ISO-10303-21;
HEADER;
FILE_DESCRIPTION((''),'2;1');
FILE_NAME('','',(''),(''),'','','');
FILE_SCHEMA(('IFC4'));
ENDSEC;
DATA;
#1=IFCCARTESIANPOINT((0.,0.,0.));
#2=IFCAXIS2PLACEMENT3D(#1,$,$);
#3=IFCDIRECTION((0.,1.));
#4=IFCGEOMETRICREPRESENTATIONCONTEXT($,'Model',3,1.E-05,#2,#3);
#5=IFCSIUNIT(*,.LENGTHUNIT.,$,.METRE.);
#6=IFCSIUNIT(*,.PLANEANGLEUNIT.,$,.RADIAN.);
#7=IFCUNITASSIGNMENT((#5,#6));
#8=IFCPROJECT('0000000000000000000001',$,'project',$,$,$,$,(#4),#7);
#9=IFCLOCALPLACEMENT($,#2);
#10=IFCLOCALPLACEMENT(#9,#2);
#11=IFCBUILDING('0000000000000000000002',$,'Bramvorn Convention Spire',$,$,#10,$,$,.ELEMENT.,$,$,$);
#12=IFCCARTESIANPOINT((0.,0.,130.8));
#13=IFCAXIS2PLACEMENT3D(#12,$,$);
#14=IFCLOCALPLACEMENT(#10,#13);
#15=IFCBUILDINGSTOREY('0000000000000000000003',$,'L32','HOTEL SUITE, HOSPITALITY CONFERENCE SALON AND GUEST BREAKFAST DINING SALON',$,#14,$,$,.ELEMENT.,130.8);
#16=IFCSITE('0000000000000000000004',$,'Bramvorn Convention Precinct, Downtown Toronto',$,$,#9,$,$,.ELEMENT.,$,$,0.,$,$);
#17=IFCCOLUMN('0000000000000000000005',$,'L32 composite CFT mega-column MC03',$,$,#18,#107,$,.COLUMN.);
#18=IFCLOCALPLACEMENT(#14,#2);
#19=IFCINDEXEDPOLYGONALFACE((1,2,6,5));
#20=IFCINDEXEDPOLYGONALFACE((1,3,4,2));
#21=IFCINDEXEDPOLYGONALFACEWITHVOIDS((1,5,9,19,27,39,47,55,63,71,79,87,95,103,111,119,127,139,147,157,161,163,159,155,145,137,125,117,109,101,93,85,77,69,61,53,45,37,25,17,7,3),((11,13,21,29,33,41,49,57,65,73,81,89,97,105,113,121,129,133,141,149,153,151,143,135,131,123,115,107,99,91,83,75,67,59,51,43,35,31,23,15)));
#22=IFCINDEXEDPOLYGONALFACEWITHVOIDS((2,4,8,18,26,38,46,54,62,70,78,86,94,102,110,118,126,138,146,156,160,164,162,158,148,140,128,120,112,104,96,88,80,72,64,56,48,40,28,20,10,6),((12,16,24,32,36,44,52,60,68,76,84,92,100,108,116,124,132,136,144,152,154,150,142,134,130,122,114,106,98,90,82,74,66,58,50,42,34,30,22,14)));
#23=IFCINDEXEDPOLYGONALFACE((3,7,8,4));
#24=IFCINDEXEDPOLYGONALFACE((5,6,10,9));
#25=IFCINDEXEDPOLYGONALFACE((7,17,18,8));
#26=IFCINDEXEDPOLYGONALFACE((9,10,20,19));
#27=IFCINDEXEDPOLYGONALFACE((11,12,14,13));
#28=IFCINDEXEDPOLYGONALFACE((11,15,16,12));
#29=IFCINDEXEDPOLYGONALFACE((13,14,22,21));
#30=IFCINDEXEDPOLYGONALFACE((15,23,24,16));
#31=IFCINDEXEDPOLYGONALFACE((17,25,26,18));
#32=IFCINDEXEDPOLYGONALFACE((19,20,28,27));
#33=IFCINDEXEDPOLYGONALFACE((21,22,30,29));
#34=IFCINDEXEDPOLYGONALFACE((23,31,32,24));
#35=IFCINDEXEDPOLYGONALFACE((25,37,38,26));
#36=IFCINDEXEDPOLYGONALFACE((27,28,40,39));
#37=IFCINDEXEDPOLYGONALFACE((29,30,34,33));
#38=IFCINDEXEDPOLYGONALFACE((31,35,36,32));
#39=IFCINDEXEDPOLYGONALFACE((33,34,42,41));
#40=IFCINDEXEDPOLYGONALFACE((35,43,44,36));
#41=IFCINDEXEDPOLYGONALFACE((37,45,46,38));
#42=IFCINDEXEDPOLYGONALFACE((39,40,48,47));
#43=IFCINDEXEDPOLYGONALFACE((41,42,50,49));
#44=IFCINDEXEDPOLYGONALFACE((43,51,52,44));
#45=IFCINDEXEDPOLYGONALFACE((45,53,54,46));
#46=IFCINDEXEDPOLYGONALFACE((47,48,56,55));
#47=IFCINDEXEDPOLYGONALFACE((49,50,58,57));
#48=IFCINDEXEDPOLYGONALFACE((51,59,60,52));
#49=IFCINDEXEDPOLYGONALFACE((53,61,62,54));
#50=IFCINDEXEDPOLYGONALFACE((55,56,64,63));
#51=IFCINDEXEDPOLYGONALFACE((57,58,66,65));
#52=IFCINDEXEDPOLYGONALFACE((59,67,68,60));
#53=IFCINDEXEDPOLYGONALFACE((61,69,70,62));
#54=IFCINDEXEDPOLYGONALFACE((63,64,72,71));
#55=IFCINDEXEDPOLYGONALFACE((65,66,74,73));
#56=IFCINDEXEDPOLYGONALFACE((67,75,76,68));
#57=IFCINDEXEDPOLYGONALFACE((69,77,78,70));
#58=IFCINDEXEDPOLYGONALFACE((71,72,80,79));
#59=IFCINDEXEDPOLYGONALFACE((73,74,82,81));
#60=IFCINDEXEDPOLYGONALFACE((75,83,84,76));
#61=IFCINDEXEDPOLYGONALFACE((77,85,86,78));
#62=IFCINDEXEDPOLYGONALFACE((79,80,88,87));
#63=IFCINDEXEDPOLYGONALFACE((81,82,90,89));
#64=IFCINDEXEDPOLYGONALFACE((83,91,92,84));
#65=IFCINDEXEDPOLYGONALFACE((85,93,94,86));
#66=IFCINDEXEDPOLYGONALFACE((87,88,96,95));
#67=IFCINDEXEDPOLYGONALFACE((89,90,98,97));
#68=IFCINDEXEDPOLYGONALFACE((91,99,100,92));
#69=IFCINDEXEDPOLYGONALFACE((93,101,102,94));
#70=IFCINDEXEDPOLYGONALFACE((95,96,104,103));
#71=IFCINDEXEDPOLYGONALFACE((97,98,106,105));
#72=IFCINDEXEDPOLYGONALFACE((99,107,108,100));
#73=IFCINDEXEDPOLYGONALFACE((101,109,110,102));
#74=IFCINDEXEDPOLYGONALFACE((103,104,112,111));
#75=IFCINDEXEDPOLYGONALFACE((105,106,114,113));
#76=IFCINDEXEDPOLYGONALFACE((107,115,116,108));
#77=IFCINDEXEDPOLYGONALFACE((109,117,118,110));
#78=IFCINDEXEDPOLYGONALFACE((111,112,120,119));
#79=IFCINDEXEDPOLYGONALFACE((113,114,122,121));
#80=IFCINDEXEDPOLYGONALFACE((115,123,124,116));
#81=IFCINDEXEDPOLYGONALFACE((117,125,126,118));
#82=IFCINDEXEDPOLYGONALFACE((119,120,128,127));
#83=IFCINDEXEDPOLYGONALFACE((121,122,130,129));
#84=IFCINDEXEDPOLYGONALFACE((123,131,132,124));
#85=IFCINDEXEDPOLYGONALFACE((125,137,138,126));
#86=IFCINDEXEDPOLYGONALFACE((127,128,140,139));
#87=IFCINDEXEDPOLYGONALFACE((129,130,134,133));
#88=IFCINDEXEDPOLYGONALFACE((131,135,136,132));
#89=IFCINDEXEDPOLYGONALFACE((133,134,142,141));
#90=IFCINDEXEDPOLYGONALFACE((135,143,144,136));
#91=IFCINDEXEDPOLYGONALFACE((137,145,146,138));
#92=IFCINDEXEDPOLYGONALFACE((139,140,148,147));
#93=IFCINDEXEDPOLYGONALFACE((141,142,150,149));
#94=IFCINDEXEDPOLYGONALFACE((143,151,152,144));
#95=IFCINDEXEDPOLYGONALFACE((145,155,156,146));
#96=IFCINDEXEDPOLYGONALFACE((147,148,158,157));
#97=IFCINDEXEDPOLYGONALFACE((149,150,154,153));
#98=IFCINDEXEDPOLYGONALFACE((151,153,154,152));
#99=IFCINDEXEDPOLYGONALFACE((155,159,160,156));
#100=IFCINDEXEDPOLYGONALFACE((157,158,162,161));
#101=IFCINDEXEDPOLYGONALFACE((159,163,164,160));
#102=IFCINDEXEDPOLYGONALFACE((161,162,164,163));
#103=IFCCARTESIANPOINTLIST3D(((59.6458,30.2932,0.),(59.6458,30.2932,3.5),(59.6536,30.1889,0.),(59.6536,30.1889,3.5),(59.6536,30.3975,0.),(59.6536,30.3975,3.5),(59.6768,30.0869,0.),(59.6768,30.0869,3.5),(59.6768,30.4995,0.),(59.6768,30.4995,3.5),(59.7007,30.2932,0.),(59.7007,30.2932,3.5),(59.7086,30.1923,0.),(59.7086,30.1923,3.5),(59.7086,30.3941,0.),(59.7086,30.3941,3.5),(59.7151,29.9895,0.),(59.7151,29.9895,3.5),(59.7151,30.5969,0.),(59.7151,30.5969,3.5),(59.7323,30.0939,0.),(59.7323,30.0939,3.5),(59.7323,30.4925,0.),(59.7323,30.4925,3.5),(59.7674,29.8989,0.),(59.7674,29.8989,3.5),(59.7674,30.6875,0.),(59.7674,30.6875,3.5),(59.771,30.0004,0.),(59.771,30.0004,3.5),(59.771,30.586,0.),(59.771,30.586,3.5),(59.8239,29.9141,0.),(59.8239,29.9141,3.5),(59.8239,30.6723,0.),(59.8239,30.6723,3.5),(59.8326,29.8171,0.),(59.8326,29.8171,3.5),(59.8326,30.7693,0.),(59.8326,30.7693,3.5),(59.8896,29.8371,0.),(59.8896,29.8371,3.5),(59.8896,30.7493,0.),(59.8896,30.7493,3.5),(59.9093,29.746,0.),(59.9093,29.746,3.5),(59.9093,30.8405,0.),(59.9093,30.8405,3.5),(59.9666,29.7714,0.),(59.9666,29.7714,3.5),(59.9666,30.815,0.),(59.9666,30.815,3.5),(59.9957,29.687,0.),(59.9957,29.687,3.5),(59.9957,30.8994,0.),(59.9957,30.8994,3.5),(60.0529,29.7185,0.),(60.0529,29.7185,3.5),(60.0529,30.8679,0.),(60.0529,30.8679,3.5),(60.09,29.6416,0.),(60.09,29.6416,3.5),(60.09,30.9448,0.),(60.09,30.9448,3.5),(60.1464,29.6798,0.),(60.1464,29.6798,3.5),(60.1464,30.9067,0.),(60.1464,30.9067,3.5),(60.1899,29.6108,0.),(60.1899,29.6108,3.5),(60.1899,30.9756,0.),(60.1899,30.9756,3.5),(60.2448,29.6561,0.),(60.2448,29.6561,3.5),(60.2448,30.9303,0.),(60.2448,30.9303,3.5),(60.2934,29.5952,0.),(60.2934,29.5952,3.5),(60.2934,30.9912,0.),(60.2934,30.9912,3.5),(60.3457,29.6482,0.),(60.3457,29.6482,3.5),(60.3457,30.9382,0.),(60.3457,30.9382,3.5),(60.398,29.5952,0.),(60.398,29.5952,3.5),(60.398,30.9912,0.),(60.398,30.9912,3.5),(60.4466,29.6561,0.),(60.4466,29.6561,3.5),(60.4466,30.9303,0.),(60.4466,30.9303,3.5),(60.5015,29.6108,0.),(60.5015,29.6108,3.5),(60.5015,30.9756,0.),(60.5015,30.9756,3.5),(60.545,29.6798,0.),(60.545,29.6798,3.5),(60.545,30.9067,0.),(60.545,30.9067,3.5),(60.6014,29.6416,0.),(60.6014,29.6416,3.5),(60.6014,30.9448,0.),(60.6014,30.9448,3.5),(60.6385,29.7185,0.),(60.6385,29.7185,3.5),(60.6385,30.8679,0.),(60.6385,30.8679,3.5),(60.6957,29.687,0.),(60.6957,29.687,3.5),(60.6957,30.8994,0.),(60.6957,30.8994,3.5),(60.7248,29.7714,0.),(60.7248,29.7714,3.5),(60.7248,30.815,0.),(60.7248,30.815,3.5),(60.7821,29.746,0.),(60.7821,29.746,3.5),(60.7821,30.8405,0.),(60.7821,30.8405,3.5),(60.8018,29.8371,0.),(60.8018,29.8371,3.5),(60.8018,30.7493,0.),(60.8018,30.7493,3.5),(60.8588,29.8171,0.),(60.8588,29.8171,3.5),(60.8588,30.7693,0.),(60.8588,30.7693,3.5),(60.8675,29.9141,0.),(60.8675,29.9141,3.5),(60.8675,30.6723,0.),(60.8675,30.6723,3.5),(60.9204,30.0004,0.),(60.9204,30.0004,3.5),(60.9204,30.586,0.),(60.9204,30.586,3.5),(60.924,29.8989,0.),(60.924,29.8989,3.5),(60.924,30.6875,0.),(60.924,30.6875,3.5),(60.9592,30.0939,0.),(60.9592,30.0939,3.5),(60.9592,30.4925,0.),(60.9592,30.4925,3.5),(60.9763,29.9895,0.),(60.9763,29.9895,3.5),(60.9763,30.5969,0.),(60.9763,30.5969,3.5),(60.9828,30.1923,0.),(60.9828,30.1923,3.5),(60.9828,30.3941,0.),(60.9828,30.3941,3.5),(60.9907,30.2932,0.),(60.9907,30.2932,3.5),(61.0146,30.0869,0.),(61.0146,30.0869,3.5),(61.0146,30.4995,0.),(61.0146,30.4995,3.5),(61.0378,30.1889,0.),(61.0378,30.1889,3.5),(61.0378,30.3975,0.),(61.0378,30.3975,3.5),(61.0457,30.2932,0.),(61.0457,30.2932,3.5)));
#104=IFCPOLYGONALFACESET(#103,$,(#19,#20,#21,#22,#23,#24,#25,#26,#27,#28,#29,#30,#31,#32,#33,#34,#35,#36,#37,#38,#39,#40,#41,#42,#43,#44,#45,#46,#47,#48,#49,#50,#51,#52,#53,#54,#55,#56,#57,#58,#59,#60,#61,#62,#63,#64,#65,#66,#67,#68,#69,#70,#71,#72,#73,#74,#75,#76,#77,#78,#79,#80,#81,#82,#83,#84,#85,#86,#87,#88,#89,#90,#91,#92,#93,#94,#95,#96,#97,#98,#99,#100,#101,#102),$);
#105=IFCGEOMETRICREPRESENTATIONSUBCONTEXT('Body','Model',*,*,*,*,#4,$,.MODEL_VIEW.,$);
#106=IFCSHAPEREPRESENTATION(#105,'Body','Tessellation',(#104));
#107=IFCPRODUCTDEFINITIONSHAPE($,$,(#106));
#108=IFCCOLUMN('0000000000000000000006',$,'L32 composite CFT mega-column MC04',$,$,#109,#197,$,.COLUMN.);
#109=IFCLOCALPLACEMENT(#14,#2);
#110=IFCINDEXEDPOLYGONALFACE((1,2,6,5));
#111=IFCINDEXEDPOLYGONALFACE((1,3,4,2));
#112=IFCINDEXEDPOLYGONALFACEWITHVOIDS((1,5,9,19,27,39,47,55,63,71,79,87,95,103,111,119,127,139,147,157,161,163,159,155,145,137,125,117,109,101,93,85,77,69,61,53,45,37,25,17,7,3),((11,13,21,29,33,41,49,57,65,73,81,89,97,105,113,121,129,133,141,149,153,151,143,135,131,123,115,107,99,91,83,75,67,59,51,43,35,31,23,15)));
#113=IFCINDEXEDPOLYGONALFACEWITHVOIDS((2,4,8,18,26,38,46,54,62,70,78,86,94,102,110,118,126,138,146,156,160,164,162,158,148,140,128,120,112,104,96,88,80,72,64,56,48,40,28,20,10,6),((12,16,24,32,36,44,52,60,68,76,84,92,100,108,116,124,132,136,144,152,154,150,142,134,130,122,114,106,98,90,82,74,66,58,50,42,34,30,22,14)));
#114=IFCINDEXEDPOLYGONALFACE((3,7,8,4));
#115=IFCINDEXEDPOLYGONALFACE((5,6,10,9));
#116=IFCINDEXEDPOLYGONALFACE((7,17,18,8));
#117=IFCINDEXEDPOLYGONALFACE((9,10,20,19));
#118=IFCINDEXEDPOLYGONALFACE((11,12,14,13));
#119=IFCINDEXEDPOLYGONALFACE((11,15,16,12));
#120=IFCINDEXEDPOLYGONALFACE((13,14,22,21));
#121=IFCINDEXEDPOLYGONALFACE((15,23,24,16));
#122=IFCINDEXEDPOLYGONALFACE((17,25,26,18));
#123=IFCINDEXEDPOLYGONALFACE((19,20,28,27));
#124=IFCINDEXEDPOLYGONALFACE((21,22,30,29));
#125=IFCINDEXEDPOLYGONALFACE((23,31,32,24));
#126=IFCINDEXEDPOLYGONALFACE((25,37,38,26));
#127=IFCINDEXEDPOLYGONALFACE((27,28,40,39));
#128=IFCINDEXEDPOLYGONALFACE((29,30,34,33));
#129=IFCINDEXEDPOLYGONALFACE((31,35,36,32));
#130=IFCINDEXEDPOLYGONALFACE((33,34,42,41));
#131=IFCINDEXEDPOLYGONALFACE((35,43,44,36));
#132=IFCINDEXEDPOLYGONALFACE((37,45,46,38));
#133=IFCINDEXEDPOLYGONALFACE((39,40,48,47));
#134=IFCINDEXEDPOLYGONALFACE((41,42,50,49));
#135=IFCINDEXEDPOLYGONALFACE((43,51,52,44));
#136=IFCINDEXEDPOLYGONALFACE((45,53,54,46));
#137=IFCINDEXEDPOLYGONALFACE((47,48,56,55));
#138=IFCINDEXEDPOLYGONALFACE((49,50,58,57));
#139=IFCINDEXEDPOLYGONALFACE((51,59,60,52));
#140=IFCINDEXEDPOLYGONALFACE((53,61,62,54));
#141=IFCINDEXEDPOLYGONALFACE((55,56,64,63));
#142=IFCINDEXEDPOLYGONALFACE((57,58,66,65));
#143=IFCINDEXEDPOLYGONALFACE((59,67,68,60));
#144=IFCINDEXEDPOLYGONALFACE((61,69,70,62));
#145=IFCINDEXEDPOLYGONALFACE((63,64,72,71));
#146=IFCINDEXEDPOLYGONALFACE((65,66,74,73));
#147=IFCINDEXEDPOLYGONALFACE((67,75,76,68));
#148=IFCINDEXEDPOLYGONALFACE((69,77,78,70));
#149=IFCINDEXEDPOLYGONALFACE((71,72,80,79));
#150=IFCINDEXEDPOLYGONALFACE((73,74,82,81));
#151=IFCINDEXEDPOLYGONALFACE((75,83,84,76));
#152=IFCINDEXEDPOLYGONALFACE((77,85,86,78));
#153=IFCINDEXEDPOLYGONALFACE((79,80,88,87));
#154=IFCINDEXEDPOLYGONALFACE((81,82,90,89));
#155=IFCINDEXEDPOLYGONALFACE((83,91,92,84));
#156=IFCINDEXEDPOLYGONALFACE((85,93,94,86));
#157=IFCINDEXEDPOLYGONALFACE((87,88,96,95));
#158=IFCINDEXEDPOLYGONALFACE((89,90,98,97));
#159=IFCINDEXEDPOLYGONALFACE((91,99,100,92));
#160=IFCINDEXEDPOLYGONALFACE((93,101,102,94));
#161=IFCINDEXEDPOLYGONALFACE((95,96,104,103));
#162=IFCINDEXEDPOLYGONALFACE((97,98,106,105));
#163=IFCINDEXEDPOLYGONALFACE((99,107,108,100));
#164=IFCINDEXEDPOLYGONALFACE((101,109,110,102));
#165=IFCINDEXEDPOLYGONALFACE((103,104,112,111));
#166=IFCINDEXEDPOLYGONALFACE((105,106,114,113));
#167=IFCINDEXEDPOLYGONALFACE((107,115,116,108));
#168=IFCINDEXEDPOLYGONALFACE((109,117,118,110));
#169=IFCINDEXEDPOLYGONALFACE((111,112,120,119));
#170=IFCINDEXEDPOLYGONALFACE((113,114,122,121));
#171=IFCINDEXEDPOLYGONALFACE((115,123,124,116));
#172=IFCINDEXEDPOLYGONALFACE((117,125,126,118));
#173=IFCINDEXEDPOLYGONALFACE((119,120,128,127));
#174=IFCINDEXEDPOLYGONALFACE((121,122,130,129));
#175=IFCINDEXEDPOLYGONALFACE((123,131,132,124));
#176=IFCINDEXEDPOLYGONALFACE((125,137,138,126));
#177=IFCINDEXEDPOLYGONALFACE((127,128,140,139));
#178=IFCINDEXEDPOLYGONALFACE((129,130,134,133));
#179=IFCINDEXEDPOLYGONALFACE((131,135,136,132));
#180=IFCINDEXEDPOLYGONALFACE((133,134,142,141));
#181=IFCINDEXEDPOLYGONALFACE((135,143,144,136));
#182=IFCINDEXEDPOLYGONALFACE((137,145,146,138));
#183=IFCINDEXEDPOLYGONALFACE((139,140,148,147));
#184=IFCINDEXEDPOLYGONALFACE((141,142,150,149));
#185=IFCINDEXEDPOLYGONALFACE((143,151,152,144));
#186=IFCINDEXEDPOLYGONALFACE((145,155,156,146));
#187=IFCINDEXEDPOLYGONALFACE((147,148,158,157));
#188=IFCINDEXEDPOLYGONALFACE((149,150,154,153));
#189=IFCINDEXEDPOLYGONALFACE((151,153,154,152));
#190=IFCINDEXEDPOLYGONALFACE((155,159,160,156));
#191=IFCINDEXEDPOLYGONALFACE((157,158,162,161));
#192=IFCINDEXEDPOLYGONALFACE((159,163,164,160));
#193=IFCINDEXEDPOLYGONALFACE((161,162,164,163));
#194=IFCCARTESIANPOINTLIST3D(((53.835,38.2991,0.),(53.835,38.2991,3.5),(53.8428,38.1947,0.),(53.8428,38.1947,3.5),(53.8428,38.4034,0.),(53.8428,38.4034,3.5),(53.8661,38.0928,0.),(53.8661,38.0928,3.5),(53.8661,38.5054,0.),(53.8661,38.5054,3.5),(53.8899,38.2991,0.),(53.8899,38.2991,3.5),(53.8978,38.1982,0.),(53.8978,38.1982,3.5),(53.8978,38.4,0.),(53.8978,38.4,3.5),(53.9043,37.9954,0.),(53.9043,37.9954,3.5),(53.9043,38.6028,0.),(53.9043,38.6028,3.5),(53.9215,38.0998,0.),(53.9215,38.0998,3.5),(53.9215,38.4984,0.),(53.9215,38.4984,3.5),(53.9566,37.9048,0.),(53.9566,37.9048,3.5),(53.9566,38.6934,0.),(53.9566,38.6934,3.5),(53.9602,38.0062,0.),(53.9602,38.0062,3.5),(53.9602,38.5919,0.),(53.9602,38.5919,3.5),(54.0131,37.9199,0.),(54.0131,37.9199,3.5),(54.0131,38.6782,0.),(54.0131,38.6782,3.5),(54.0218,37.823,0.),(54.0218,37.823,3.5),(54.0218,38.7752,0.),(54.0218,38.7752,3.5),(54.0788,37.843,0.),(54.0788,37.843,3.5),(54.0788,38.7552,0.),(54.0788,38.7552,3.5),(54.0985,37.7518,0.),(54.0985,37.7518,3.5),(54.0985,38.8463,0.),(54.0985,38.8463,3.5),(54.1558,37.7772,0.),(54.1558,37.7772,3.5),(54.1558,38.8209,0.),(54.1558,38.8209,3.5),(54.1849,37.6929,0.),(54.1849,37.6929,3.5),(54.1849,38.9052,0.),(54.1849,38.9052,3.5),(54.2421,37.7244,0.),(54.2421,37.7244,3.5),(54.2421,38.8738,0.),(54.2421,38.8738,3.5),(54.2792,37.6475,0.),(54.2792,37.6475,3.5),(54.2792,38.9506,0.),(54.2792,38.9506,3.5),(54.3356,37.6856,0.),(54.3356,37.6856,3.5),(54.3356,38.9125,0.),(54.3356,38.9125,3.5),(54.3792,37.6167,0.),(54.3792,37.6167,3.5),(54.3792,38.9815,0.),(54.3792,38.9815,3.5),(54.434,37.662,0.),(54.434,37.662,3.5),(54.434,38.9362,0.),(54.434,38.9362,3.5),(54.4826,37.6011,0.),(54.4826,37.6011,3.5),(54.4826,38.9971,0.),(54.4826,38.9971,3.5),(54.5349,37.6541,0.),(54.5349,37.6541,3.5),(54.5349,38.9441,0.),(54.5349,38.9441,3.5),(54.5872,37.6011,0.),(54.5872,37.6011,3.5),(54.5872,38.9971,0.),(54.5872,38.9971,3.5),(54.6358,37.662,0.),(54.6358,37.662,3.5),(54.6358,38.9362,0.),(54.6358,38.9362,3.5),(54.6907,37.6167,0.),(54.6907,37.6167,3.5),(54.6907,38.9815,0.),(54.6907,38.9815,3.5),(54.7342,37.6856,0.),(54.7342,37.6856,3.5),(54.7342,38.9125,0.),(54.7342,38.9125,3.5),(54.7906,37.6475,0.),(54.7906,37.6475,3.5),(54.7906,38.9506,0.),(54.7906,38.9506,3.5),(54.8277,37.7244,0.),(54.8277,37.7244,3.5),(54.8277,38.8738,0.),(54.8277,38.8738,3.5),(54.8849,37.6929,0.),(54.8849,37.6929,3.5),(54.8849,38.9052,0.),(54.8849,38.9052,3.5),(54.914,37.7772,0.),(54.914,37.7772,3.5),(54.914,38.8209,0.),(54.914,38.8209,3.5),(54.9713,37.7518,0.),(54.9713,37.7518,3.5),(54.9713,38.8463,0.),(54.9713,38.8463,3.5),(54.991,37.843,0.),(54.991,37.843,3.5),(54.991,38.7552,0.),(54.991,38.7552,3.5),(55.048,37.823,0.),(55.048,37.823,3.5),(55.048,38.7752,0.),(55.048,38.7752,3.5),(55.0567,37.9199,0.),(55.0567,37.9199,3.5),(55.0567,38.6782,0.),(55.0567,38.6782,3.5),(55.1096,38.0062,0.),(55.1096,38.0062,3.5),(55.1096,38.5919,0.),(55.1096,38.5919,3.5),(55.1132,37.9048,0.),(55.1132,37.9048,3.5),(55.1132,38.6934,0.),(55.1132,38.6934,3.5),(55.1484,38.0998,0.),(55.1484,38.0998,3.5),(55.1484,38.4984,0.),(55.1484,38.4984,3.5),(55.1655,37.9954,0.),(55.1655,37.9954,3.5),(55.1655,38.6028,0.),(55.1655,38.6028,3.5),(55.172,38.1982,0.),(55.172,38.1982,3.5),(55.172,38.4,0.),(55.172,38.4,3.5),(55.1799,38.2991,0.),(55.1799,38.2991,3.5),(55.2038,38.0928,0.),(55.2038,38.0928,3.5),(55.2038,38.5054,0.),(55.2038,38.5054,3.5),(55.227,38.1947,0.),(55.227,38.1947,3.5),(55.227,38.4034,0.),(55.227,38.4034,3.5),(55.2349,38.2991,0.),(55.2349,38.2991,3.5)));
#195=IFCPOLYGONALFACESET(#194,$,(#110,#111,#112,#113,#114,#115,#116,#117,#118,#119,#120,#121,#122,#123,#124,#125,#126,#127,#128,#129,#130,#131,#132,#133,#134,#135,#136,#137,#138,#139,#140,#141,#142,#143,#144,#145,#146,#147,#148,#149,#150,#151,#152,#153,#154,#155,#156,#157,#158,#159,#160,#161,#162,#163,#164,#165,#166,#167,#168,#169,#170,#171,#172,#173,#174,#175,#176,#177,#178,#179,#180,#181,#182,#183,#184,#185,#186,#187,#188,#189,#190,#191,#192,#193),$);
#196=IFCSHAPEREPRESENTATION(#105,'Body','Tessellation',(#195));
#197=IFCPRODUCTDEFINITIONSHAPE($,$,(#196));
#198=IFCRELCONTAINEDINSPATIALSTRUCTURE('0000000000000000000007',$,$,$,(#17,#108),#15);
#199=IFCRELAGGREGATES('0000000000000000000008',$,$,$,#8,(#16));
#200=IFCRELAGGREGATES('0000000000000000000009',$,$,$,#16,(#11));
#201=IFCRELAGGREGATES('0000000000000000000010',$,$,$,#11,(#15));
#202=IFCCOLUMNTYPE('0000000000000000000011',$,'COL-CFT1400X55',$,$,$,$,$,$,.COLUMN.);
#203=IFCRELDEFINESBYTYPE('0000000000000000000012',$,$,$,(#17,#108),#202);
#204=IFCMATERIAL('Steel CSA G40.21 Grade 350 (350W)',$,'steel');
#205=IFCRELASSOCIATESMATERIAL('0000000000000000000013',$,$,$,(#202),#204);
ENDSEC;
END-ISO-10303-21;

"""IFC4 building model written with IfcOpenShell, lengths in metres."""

from ifc_helpers import new_model, si_unit, direction, frame, origin, origin_2d, place, context, subcontext, project, spatial, hollow_circle, extrude, material, material_profile, profile_set, type_object, element, save


model = new_model("IFC4")

# Units and contexts
model_context = context("Model", 3, precision=1e-05, world=origin(), true_north=direction((0.0, 1.0)))
body_context = subcontext(model_context, "Body", "Model", "MODEL_VIEW")
ifc_project = project(units=[si_unit("LENGTHUNIT", "METRE"), si_unit("PLANEANGLEUNIT", "RADIAN")], contexts=[model_context])

# Site, building, storey
site_placement = place(None, origin())
site = spatial("IfcSite", under=ifc_project, at=site_placement, Name="Bramvorn Convention Precinct, Downtown Toronto", CompositionType="ELEMENT", RefElevation=0.0)
building_placement = place(site_placement, origin())
building = spatial("IfcBuilding", under=site, at=building_placement, Name="Bramvorn Convention Spire", CompositionType="ELEMENT")
storey_placement = place(building_placement, frame((0.0, 0.0, 130.8)))
storey = spatial("IfcBuildingStorey", under=building, at=storey_placement, Name="L32", Description="HOTEL SUITE, HOSPITALITY CONFERENCE SALON AND GUEST BREAKFAST DINING SALON", CompositionType="ELEMENT", Elevation=130.8)

# Columns
ifc_material_1 = material(Name="Steel CSA G40.21 Grade 350 (350W)", Category="steel")
ifc_material_profile_1 = material_profile(ifc_material_1, hollow_circle(Radius=0.7, WallThickness=0.0549, at=origin_2d()))
ifc_profile_set_1 = profile_set([ifc_material_profile_1], Name="Steel CSA G40.21 Grade 350 (350W) - CFT1400X55")
column_type = type_object("IfcColumnType", Name="COL-CFT1400X55", PredefinedType="COLUMN", material=ifc_profile_set_1)
for number, where, z_axis, x_axis, name in (
    (1, (60.3457, 30.2932, 0.0), (0.0, 0.0, 1.0), (1.0, 0.0, 0.0), "L32 composite CFT mega-column MC03"),
    (2, (54.5349, 38.2991, 0.0), (0.0, 0.0, 1.0), (1.0, 0.0, 0.0), "L32 composite CFT mega-column MC04"),
):
    element("IfcColumn", number, at=place(storey_placement, frame(where, z_axis=z_axis, x_axis=x_axis)), inside=storey, type_object=column_type, Name=name, PredefinedType="COLUMN", context=body_context, shape_type="SweptSolid", body=[
        extrude(hollow_circle(Radius=0.7, WallThickness=0.0549, at=origin_2d()), origin(), (0.0, 0.0, 1.0), 3.5),
    ])

save(model, "model.ifc")
